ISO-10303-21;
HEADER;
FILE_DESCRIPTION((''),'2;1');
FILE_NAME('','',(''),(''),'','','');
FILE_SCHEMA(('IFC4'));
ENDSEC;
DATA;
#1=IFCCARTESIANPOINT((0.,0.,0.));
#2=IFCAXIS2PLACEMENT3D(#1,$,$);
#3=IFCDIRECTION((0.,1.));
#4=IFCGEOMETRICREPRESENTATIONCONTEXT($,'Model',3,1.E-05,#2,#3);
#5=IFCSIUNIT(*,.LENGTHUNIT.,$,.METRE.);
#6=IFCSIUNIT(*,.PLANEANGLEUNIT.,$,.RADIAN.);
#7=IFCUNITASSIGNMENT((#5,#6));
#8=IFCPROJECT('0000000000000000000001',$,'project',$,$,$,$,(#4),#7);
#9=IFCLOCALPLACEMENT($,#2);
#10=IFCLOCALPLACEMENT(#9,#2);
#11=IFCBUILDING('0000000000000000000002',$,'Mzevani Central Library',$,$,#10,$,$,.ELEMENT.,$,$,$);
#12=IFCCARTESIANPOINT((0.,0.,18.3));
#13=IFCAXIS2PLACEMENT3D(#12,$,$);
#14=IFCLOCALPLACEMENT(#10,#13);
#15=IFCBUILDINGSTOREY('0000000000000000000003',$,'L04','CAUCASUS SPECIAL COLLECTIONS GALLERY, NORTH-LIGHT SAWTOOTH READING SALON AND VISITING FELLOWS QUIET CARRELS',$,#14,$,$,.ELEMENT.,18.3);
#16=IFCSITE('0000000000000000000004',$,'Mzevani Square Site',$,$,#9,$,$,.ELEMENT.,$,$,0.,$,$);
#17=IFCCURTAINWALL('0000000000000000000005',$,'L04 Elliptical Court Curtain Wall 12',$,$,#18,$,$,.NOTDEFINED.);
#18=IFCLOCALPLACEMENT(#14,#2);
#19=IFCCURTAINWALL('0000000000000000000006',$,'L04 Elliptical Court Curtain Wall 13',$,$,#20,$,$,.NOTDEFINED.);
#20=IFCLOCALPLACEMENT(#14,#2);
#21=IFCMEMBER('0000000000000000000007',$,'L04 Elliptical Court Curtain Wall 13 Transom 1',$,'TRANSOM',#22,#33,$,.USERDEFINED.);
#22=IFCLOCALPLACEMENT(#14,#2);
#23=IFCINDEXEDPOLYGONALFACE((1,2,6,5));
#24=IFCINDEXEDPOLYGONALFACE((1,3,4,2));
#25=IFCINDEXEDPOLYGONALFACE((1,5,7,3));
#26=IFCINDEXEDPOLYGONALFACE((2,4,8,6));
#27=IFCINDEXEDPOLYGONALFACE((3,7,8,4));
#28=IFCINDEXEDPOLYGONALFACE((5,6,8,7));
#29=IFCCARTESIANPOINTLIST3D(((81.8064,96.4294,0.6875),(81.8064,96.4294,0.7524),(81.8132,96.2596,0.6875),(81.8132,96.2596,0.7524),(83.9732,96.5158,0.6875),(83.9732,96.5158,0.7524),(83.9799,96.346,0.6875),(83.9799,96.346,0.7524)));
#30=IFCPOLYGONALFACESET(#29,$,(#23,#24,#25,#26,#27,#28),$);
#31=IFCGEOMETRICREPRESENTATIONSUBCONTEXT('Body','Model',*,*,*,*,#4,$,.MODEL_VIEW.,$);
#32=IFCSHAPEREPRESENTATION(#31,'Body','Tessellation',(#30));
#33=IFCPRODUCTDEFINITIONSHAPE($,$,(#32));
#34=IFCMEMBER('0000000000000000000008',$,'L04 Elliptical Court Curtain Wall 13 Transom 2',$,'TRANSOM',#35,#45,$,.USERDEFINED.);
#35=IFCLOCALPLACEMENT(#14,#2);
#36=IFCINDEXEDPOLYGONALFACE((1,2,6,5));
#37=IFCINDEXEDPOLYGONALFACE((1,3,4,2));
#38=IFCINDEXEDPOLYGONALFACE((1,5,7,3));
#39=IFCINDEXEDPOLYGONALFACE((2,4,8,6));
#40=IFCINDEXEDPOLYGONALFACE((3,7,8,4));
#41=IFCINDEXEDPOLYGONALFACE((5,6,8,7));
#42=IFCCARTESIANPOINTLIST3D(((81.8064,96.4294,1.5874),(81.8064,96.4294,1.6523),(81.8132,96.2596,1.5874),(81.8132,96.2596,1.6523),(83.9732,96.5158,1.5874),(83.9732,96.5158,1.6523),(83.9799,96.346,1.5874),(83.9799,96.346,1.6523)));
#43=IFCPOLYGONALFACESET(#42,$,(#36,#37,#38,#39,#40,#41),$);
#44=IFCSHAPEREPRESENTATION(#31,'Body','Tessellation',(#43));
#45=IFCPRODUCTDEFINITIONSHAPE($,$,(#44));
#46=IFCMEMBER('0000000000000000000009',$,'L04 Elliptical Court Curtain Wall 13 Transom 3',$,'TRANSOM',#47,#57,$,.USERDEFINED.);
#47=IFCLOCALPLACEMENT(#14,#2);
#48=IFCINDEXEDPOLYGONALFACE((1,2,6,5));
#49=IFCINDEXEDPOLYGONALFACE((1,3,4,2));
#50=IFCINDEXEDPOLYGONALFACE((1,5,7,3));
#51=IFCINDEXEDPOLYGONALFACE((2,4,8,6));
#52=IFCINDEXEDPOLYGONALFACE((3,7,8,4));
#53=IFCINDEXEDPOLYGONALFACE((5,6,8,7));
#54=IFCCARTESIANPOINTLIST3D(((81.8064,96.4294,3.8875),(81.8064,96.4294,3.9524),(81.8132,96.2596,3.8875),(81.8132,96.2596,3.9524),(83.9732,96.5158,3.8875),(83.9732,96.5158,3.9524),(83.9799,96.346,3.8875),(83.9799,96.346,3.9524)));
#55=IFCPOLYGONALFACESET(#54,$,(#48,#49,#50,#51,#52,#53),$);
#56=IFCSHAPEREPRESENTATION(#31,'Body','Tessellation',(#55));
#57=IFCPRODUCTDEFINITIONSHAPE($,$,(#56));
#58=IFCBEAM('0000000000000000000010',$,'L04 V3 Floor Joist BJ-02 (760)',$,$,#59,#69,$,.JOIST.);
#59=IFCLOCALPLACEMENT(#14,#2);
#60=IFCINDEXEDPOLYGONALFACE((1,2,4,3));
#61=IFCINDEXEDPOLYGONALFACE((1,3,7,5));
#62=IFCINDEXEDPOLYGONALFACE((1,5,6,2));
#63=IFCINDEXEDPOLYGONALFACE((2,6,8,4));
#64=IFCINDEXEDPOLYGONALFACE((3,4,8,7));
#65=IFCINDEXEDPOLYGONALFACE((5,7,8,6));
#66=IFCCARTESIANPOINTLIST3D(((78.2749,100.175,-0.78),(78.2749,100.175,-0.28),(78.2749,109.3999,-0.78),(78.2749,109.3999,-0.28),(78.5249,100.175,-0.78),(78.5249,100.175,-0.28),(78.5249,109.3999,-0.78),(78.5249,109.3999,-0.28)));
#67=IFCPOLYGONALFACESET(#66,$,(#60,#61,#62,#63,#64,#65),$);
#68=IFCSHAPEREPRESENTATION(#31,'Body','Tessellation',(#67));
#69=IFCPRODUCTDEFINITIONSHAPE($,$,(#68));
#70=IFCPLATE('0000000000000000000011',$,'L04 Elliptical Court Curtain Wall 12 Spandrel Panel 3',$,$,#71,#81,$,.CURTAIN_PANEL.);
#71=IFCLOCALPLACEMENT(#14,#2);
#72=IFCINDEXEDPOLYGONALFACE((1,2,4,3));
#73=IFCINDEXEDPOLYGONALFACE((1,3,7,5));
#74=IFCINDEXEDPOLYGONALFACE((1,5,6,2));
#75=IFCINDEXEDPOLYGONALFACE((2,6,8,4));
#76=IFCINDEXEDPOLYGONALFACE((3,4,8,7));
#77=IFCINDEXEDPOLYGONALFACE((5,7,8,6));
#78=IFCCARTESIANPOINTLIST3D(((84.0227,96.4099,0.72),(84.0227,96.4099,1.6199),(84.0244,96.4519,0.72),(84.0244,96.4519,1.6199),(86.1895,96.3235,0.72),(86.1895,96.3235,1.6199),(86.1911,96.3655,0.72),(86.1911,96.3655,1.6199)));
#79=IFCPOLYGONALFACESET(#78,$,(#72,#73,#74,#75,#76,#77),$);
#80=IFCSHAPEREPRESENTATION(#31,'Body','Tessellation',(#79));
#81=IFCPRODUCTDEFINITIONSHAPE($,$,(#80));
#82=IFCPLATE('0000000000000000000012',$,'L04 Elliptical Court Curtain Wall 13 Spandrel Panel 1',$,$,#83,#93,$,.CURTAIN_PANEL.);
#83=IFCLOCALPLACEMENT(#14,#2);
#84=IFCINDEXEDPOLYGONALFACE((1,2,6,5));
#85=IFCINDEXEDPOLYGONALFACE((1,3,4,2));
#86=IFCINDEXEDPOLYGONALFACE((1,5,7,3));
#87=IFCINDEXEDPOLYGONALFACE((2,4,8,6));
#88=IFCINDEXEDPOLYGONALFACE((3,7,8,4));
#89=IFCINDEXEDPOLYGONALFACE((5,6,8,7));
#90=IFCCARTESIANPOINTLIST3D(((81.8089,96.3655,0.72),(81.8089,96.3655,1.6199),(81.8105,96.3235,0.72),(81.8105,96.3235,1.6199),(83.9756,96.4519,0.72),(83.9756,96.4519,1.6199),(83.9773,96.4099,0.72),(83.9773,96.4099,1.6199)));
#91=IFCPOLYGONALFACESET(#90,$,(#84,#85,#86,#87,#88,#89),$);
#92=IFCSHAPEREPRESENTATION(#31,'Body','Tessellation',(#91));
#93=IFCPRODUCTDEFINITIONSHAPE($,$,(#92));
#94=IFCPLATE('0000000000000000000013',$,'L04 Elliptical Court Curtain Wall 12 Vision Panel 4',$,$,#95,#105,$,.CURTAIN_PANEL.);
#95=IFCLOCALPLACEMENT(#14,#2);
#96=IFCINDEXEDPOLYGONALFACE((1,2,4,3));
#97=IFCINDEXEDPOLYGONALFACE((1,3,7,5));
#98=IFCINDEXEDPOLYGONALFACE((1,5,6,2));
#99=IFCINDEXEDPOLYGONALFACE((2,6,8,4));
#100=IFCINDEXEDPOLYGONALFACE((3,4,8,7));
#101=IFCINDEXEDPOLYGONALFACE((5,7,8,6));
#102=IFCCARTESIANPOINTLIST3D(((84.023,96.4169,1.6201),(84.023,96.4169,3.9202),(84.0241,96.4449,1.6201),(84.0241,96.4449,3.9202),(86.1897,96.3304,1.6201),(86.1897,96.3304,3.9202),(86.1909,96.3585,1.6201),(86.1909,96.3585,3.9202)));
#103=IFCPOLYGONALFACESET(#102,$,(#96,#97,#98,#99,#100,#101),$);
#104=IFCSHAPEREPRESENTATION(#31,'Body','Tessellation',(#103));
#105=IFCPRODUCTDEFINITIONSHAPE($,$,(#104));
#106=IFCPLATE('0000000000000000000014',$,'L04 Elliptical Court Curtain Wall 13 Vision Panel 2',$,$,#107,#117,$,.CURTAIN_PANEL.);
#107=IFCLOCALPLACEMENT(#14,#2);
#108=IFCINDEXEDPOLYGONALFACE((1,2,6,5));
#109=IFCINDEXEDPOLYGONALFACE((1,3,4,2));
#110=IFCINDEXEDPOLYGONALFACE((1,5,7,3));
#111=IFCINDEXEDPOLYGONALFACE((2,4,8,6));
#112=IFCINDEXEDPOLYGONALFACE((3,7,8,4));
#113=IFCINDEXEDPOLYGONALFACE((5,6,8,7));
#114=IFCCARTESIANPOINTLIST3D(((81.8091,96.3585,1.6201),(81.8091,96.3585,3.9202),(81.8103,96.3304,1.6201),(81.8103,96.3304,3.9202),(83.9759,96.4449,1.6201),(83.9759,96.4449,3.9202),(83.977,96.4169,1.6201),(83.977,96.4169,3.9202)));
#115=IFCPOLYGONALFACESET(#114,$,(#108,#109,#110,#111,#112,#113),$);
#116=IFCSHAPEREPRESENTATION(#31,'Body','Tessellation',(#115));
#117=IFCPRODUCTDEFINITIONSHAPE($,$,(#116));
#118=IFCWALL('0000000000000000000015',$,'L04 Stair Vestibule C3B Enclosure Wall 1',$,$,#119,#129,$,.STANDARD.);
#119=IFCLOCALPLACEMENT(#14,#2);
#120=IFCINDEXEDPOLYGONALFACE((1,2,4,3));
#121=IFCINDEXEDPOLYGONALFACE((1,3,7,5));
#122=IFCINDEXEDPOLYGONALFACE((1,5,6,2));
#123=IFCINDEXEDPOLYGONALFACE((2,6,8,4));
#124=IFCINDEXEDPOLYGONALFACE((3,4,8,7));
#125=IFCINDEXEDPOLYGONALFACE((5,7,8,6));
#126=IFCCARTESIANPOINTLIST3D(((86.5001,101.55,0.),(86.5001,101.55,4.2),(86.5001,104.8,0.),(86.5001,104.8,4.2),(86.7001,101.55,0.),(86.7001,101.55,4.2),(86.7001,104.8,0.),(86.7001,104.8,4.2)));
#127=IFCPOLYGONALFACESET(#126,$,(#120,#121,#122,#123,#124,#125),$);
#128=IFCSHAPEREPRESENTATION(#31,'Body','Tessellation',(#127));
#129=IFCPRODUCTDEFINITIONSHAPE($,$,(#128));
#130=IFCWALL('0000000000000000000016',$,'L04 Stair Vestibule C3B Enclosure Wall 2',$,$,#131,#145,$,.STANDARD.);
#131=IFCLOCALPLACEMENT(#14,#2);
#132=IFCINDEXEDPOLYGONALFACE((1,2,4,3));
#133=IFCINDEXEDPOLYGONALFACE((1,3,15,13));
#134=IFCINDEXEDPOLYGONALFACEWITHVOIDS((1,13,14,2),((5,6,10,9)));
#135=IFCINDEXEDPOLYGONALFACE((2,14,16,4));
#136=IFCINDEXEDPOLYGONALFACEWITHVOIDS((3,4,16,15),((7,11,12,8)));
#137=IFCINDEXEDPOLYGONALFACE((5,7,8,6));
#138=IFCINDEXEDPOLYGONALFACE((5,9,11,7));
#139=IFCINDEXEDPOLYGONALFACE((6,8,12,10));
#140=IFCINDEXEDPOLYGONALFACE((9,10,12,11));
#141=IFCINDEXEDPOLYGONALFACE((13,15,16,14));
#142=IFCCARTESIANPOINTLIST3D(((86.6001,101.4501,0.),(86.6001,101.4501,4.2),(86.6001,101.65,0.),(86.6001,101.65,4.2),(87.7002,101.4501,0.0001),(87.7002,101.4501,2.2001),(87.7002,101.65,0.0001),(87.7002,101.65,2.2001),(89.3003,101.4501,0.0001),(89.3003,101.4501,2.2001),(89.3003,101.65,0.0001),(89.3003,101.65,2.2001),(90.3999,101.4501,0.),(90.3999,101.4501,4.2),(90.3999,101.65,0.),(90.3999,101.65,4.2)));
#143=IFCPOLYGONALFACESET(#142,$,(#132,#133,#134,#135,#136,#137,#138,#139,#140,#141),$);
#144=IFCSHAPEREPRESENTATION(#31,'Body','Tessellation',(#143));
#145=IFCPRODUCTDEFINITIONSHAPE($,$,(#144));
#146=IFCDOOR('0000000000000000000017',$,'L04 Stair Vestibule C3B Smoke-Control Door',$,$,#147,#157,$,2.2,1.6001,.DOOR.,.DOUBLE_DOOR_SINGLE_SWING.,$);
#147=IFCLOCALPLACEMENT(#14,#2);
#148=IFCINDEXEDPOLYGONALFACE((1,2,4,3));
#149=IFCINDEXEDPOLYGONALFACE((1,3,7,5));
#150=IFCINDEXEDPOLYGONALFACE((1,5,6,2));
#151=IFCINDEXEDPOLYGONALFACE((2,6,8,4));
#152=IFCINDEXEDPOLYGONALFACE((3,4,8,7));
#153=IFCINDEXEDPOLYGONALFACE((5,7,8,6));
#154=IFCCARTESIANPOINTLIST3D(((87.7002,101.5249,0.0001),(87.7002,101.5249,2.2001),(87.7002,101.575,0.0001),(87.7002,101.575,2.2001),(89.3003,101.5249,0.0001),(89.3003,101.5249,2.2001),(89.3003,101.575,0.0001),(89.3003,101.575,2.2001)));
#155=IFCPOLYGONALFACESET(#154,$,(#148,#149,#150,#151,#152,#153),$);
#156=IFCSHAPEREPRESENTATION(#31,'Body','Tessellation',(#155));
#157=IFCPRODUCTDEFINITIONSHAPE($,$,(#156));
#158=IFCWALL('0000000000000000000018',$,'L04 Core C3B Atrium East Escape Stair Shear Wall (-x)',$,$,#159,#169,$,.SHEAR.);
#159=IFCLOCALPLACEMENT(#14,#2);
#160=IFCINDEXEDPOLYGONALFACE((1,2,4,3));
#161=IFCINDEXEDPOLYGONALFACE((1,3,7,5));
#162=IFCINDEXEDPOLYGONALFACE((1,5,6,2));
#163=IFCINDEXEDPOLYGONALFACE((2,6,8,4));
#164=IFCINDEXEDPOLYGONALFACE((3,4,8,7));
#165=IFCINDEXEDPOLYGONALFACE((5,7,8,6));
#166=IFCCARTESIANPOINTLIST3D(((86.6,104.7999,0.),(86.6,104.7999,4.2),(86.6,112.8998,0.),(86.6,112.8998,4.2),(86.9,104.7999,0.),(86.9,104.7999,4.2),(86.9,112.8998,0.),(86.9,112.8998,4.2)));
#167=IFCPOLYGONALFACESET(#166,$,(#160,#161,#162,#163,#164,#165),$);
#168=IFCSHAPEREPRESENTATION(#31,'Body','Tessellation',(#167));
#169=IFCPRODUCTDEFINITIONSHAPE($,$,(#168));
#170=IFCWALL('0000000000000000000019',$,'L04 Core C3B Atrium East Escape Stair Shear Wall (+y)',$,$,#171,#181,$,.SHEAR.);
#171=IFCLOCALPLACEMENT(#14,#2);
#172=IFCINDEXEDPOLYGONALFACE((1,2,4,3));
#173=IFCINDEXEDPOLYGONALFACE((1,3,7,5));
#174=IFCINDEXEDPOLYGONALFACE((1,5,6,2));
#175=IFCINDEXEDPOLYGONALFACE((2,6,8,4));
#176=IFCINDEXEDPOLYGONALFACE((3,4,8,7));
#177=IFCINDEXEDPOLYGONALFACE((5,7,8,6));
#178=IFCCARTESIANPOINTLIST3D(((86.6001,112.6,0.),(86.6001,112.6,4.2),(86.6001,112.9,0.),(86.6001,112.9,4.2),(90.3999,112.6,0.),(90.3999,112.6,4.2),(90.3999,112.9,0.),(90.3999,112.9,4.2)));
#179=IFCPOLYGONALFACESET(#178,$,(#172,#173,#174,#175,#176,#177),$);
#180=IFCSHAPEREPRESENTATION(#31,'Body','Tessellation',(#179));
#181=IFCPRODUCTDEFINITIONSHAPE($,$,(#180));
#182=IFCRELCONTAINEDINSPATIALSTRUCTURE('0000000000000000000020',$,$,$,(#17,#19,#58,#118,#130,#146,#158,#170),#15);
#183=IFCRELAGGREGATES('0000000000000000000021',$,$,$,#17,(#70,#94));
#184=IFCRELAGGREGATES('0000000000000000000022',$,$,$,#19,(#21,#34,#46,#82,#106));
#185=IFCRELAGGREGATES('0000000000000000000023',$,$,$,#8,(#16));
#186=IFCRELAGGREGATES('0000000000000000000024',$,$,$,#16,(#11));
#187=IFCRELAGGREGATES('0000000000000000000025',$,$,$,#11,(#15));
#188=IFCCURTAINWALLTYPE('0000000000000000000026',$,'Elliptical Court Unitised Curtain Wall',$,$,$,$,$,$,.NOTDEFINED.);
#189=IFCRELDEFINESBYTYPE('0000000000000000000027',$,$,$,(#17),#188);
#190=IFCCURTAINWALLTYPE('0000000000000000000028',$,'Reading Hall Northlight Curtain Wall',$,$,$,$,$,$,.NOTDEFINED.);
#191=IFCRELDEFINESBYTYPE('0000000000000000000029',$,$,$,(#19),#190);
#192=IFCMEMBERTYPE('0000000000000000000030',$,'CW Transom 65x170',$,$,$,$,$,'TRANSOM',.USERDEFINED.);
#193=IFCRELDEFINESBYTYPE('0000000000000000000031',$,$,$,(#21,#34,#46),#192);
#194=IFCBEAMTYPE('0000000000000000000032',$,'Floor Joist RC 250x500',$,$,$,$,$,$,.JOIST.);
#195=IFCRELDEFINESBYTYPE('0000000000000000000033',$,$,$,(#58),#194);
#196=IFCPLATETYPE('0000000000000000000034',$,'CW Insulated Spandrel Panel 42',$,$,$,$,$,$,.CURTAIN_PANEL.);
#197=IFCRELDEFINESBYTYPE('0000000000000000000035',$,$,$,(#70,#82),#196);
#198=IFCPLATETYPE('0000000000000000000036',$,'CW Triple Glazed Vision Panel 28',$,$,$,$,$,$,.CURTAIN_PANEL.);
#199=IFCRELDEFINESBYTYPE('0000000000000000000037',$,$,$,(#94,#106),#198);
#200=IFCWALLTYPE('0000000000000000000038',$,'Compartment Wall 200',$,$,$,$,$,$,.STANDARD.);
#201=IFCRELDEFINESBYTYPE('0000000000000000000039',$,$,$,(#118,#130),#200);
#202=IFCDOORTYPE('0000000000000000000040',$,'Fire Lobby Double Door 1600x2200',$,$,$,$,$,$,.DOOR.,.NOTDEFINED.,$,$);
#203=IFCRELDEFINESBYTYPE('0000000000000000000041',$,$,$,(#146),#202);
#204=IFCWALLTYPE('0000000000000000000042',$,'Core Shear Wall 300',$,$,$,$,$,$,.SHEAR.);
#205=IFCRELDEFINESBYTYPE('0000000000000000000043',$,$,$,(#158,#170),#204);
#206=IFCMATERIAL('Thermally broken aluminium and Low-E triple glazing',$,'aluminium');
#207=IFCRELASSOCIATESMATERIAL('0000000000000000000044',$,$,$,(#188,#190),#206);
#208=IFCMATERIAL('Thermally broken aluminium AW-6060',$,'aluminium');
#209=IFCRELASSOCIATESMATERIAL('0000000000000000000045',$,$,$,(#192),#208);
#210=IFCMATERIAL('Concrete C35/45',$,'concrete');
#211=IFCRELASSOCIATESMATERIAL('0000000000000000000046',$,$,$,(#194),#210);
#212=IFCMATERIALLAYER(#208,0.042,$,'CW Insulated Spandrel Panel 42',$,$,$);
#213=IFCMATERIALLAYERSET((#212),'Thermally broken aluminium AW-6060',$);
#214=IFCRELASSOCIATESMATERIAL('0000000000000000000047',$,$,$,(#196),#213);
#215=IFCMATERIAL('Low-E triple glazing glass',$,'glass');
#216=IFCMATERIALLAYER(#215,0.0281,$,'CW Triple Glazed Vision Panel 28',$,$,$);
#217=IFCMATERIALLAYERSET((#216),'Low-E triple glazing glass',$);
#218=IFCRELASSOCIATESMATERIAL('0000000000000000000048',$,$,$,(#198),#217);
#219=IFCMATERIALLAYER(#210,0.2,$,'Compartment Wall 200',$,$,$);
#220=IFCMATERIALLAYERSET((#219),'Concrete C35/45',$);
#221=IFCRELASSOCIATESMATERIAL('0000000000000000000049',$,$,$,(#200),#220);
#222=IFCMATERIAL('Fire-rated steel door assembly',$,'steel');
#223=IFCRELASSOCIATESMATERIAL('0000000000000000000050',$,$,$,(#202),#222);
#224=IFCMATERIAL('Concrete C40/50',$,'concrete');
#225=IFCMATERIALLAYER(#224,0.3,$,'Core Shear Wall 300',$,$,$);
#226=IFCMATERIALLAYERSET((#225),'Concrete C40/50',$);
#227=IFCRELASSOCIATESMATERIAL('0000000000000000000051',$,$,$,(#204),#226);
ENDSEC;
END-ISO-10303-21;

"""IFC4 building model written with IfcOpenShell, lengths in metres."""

from ifc_helpers import new_model, si_unit, direction, frame, frame_2d, origin, origin_2d, place, context, subcontext, project, spatial, rectangle, extrude, material, layer, layer_set, material_profile, profile_set, type_object, element, fill, aggregate, save


model = new_model("IFC4")

# Units and contexts
model_context = context("Model", 3, precision=1e-05, world=origin(), true_north=direction((0.0, 1.0)))
body_context = subcontext(model_context, "Body", "Model", "MODEL_VIEW")
ifc_project = project(units=[si_unit("LENGTHUNIT", "METRE"), si_unit("PLANEANGLEUNIT", "RADIAN")], contexts=[model_context])

# Site, building, storey
site_placement = place(None, origin())
site = spatial("IfcSite", under=ifc_project, at=site_placement, Name="Mzevani Square Site", CompositionType="ELEMENT", RefElevation=0.0)
building_placement = place(site_placement, origin())
building = spatial("IfcBuilding", under=site, at=building_placement, Name="Mzevani Central Library", CompositionType="ELEMENT")
storey_placement = place(building_placement, frame((0.0, 0.0, 18.3)))
storey = spatial("IfcBuildingStorey", under=building, at=storey_placement, Name="L04", Description="CAUCASUS SPECIAL COLLECTIONS GALLERY, NORTH-LIGHT SAWTOOTH READING SALON AND VISITING FELLOWS QUIET CARRELS", CompositionType="ELEMENT", Elevation=18.3)

# Shared definitions
ifc_material_1 = material(Name="Concrete C40/50", Category="concrete")

# Shared definitions
ifc_material_2 = material(Name="Concrete C35/45", Category="concrete")

# Curtain walls
ifc_material_3 = material(Name="Thermally broken aluminium and Low-E triple glazing", Category="aluminium")
curtain_wall_type_1 = type_object("IfcCurtainWallType", Name="Elliptical Court Unitised Curtain Wall", PredefinedType="NOTDEFINED", material=ifc_material_3)
curtain_wall_1_placement = place(storey_placement, origin())
curtain_wall_1 = element("IfcCurtainWall", 1, at=curtain_wall_1_placement, inside=storey, type_object=curtain_wall_type_1, Name="L04 Elliptical Court Curtain Wall 12", PredefinedType="NOTDEFINED")
ifc_material_4 = material(Name="Thermally broken aluminium AW-6060", Category="aluminium")
curtain_wall_type_2 = type_object("IfcCurtainWallType", Name="Reading Hall Northlight Curtain Wall", PredefinedType="NOTDEFINED", material=ifc_material_3)
curtain_wall_2_placement = place(storey_placement, origin())
curtain_wall_2 = element("IfcCurtainWall", 2, at=curtain_wall_2_placement, inside=storey, type_object=curtain_wall_type_2, Name="L04 Elliptical Court Curtain Wall 13", PredefinedType="NOTDEFINED")

# Members
ifc_material_profile_1 = material_profile(ifc_material_4, rectangle(XDim=0.1699, YDim=0.0649, at=origin_2d()), Name="ALU T65x170")
ifc_profile_set_1 = profile_set([ifc_material_profile_1], Name="Thermally broken aluminium AW-6060")
member_type_1 = type_object("IfcMemberType", Name="CW Transom 65x170", ElementType="TRANSOM", PredefinedType="USERDEFINED", material=ifc_profile_set_1)
member_1_placement = place(storey_placement, frame((83.9766, 96.4309, 0.72), z_axis=(-0.999205, -0.039856, 0.0), x_axis=(0.039856, -0.999205, 0.0)))
member_1 = element("IfcMember", 3, at=member_1_placement, type_object=member_type_1, Name="L04 Elliptical Court Curtain Wall 13 Transom 1", ObjectType="TRANSOM", PredefinedType="USERDEFINED", context=body_context, shape_type="SweptSolid", body=[
    extrude(rectangle(XDim=0.1699, YDim=0.0649, at=origin_2d()), origin(), (0.0, 0.0, 1.0), 2.1685),
])
member_2_placement = place(storey_placement, frame((83.9766, 96.4309, 1.6199), z_axis=(-0.999205, -0.039856, 0.0), x_axis=(0.039856, -0.999205, 0.0)))
member_2 = element("IfcMember", 4, at=member_2_placement, type_object=member_type_1, Name="L04 Elliptical Court Curtain Wall 13 Transom 2", ObjectType="TRANSOM", PredefinedType="USERDEFINED", context=body_context, shape_type="SweptSolid", body=[
    extrude(rectangle(XDim=0.1699, YDim=0.0649, at=origin_2d()), origin(), (0.0, 0.0, 1.0), 2.1685),
])
member_3_placement = place(storey_placement, frame((83.9766, 96.4309, 3.9199), z_axis=(-0.999205, -0.039856, 0.0), x_axis=(0.039856, -0.999205, 0.0)))
member_3 = element("IfcMember", 5, at=member_3_placement, type_object=member_type_1, Name="L04 Elliptical Court Curtain Wall 13 Transom 3", ObjectType="TRANSOM", PredefinedType="USERDEFINED", context=body_context, shape_type="SweptSolid", body=[
    extrude(rectangle(XDim=0.1699, YDim=0.0649, at=origin_2d()), origin(), (0.0, 0.0, 1.0), 2.1685),
])

# Beam
ifc_material_profile_2 = material_profile(ifc_material_2, rectangle(XDim=0.25, YDim=0.5, at=origin_2d()), Name="RC J250x500")
ifc_profile_set_2 = profile_set([ifc_material_profile_2], Name="Concrete C35/45")
beam_type_1 = type_object("IfcBeamType", Name="Floor Joist RC 250x500", PredefinedType="JOIST", material=ifc_profile_set_2)
beam_1_placement = place(storey_placement, frame((78.3999, 100.175, -0.53), z_axis=(0.0, 1.0, 0.0), x_axis=(-1.0, 0.0, 0.0)))
element("IfcBeam", 6, at=beam_1_placement, inside=storey, type_object=beam_type_1, Name="L04 V3 Floor Joist BJ-02 (760)", PredefinedType="JOIST", context=body_context, shape_type="SweptSolid", body=[
    extrude(rectangle(XDim=0.25, YDim=0.5, at=origin_2d()), origin(), (0.0, 0.0, 1.0), 9.2249),
])

# Plates
ifc_layer_1 = layer(ifc_material_4, 0.042, Name="CW Insulated Spandrel Panel 42")
ifc_layer_set_1 = layer_set([ifc_layer_1], Name="Thermally broken aluminium AW-6060")
plate_type_1 = type_object("IfcPlateType", Name="CW Insulated Spandrel Panel 42", PredefinedType="CURTAIN_PANEL", material=ifc_layer_set_1)
plate_1_placement = place(storey_placement, frame((85.1069, 96.3877, 0.72), z_axis=(0.0, 0.0, 1.0), x_axis=(-0.999205, 0.039867, 0.0)))
plate_1 = element("IfcPlate", 7, at=plate_1_placement, type_object=plate_type_1, Name="L04 Elliptical Court Curtain Wall 12 Spandrel Panel 3", PredefinedType="CURTAIN_PANEL", context=body_context, shape_type="SweptSolid", body=[
    extrude(rectangle(XDim=2.1685, YDim=0.042, at=origin_2d()), origin(), (0.0, 0.0, 1.0), 0.8999),
])
plate_2_placement = place(storey_placement, frame((82.8931, 96.3877, 0.72), z_axis=(0.0, 0.0, 1.0), x_axis=(-0.999205, -0.039867, 0.0)))
plate_2 = element("IfcPlate", 8, at=plate_2_placement, type_object=plate_type_1, Name="L04 Elliptical Court Curtain Wall 13 Spandrel Panel 1", PredefinedType="CURTAIN_PANEL", context=body_context, shape_type="SweptSolid", body=[
    extrude(rectangle(XDim=2.1685, YDim=0.042, at=origin_2d()), origin(), (0.0, 0.0, 1.0), 0.8999),
])
ifc_material_5 = material(Name="Low-E triple glazing glass", Category="glass")
ifc_layer_2 = layer(ifc_material_5, 0.0281, Name="CW Triple Glazed Vision Panel 28")
ifc_layer_set_2 = layer_set([ifc_layer_2], Name="Low-E triple glazing glass")
plate_type_2 = type_object("IfcPlateType", Name="CW Triple Glazed Vision Panel 28", PredefinedType="CURTAIN_PANEL", material=ifc_layer_set_2)
plate_3_placement = place(storey_placement, frame((85.1069, 96.3877, 1.6201), z_axis=(0.0, 0.0, 1.0), x_axis=(-0.999205, 0.039867, 0.0)))
plate_3 = element("IfcPlate", 9, at=plate_3_placement, type_object=plate_type_2, Name="L04 Elliptical Court Curtain Wall 12 Vision Panel 4", PredefinedType="CURTAIN_PANEL", context=body_context, shape_type="SweptSolid", body=[
    extrude(rectangle(XDim=2.1685, YDim=0.0281, at=origin_2d()), origin(), (0.0, 0.0, 1.0), 2.3),
])
aggregate(curtain_wall_1, [plate_1, plate_3])
plate_4_placement = place(storey_placement, frame((82.8931, 96.3877, 1.6201), z_axis=(0.0, 0.0, 1.0), x_axis=(-0.999205, -0.039867, 0.0)))
plate_4 = element("IfcPlate", 10, at=plate_4_placement, type_object=plate_type_2, Name="L04 Elliptical Court Curtain Wall 13 Vision Panel 2", PredefinedType="CURTAIN_PANEL", context=body_context, shape_type="SweptSolid", body=[
    extrude(rectangle(XDim=2.1685, YDim=0.0281, at=origin_2d()), origin(), (0.0, 0.0, 1.0), 2.3),
])
aggregate(curtain_wall_2, [member_1, member_2, member_3, plate_2, plate_4])

# Wall
ifc_layer_3 = layer(ifc_material_2, 0.2, Name="Compartment Wall 200")
ifc_layer_set_3 = layer_set([ifc_layer_3], Name="Concrete C35/45")
wall_type_1 = type_object("IfcWallType", Name="Compartment Wall 200", PredefinedType="STANDARD", material=ifc_layer_set_3)
wall_1_placement = place(storey_placement, frame((86.6001, 104.8, 0.0), z_axis=(0.0, 0.0, 1.0), x_axis=(0.0, -1.0, 0.0)))
element("IfcWall", 11, at=wall_1_placement, inside=storey, type_object=wall_type_1, Name="L04 Stair Vestibule C3B Enclosure Wall 1", PredefinedType="STANDARD", context=body_context, shape_type="SweptSolid", body=[
    extrude(rectangle(XDim=3.25, YDim=0.2, at=frame_2d((1.625, 0.0))), origin(), (0.0, 0.0, 1.0), 4.2),
])

# Wall, opening, door
wall_2_placement = place(storey_placement, frame((86.6001, 101.55, 0.0), z_axis=(0.0, 0.0, 1.0), x_axis=(1.0, 0.0, 0.0)))
wall_2 = element("IfcWall", 12, at=wall_2_placement, inside=storey, type_object=wall_type_1, Name="L04 Stair Vestibule C3B Enclosure Wall 2", PredefinedType="STANDARD", context=body_context, shape_type="SweptSolid", body=[
    extrude(rectangle(XDim=3.7998, YDim=0.2, at=frame_2d((1.8999, 0.0))), origin(), (0.0, 0.0, 1.0), 4.2),
])
opening_placement = place(wall_2_placement, frame((1.1001, 0.0, 0.0)))
opening = element("IfcOpeningElement", 13, at=opening_placement, cuts=wall_2, PredefinedType="OPENING", context=body_context, shape_type="SweptSolid", body=[
    extrude(rectangle(XDim=1.6001, YDim=2.2, at=frame_2d((0.8, 1.1001))), frame((0.0, 0.1099, 0.0), z_axis=(0.0, -1.0, 0.0), x_axis=(1.0, 0.0, 0.0)), (0.0, 0.0, 1.0), 0.22),
])
ifc_material_6 = material(Name="Fire-rated steel door assembly", Category="steel")
door_type = type_object("IfcDoorType", Name="Fire Lobby Double Door 1600x2200", OperationType="NOTDEFINED", PredefinedType="DOOR", material=ifc_material_6)
door_placement = place(opening_placement, origin())
door = element("IfcDoor", 14, at=door_placement, inside=storey, type_object=door_type, Name="L04 Stair Vestibule C3B Smoke-Control Door", OperationType="DOUBLE_DOOR_SINGLE_SWING", OverallHeight=2.2, OverallWidth=1.6001, PredefinedType="DOOR", context=body_context, shape_type="SweptSolid", body=[
    extrude(rectangle(XDim=1.6001, YDim=2.2, at=frame_2d((0.8, 1.1001))), frame((0.0, 0.0249, 0.0), z_axis=(0.0, -1.0, 0.0), x_axis=(1.0, 0.0, 0.0)), (0.0, 0.0, 1.0), 0.05),
])
fill(opening, door)

# Walls
ifc_layer_4 = layer(ifc_material_1, 0.3, Name="Core Shear Wall 300")
ifc_layer_set_4 = layer_set([ifc_layer_4], Name="Concrete C40/50")
wall_type_2 = type_object("IfcWallType", Name="Core Shear Wall 300", PredefinedType="SHEAR", material=ifc_layer_set_4)
wall_3_placement = place(storey_placement, frame((86.75, 104.8, 0.0), z_axis=(0.0, 0.0, 1.0), x_axis=(0.0, 1.0, 0.0)))
element("IfcWall", 15, at=wall_3_placement, inside=storey, type_object=wall_type_2, Name="L04 Core C3B Atrium East Escape Stair Shear Wall (-x)", PredefinedType="SHEAR", context=body_context, shape_type="SweptSolid", body=[
    extrude(rectangle(XDim=8.0999, YDim=0.3, at=frame_2d((4.0498, 0.0))), origin(), (0.0, 0.0, 1.0), 4.2),
])
wall_4_placement = place(storey_placement, frame((86.6001, 112.75, 0.0), z_axis=(0.0, 0.0, 1.0), x_axis=(1.0, 0.0, 0.0)))
element("IfcWall", 16, at=wall_4_placement, inside=storey, type_object=wall_type_2, Name="L04 Core C3B Atrium East Escape Stair Shear Wall (+y)", PredefinedType="SHEAR", context=body_context, shape_type="SweptSolid", body=[
    extrude(rectangle(XDim=3.7998, YDim=0.3, at=frame_2d((1.8999, 0.0))), origin(), (0.0, 0.0, 1.0), 4.2),
])

save(model, "model.ifc")
